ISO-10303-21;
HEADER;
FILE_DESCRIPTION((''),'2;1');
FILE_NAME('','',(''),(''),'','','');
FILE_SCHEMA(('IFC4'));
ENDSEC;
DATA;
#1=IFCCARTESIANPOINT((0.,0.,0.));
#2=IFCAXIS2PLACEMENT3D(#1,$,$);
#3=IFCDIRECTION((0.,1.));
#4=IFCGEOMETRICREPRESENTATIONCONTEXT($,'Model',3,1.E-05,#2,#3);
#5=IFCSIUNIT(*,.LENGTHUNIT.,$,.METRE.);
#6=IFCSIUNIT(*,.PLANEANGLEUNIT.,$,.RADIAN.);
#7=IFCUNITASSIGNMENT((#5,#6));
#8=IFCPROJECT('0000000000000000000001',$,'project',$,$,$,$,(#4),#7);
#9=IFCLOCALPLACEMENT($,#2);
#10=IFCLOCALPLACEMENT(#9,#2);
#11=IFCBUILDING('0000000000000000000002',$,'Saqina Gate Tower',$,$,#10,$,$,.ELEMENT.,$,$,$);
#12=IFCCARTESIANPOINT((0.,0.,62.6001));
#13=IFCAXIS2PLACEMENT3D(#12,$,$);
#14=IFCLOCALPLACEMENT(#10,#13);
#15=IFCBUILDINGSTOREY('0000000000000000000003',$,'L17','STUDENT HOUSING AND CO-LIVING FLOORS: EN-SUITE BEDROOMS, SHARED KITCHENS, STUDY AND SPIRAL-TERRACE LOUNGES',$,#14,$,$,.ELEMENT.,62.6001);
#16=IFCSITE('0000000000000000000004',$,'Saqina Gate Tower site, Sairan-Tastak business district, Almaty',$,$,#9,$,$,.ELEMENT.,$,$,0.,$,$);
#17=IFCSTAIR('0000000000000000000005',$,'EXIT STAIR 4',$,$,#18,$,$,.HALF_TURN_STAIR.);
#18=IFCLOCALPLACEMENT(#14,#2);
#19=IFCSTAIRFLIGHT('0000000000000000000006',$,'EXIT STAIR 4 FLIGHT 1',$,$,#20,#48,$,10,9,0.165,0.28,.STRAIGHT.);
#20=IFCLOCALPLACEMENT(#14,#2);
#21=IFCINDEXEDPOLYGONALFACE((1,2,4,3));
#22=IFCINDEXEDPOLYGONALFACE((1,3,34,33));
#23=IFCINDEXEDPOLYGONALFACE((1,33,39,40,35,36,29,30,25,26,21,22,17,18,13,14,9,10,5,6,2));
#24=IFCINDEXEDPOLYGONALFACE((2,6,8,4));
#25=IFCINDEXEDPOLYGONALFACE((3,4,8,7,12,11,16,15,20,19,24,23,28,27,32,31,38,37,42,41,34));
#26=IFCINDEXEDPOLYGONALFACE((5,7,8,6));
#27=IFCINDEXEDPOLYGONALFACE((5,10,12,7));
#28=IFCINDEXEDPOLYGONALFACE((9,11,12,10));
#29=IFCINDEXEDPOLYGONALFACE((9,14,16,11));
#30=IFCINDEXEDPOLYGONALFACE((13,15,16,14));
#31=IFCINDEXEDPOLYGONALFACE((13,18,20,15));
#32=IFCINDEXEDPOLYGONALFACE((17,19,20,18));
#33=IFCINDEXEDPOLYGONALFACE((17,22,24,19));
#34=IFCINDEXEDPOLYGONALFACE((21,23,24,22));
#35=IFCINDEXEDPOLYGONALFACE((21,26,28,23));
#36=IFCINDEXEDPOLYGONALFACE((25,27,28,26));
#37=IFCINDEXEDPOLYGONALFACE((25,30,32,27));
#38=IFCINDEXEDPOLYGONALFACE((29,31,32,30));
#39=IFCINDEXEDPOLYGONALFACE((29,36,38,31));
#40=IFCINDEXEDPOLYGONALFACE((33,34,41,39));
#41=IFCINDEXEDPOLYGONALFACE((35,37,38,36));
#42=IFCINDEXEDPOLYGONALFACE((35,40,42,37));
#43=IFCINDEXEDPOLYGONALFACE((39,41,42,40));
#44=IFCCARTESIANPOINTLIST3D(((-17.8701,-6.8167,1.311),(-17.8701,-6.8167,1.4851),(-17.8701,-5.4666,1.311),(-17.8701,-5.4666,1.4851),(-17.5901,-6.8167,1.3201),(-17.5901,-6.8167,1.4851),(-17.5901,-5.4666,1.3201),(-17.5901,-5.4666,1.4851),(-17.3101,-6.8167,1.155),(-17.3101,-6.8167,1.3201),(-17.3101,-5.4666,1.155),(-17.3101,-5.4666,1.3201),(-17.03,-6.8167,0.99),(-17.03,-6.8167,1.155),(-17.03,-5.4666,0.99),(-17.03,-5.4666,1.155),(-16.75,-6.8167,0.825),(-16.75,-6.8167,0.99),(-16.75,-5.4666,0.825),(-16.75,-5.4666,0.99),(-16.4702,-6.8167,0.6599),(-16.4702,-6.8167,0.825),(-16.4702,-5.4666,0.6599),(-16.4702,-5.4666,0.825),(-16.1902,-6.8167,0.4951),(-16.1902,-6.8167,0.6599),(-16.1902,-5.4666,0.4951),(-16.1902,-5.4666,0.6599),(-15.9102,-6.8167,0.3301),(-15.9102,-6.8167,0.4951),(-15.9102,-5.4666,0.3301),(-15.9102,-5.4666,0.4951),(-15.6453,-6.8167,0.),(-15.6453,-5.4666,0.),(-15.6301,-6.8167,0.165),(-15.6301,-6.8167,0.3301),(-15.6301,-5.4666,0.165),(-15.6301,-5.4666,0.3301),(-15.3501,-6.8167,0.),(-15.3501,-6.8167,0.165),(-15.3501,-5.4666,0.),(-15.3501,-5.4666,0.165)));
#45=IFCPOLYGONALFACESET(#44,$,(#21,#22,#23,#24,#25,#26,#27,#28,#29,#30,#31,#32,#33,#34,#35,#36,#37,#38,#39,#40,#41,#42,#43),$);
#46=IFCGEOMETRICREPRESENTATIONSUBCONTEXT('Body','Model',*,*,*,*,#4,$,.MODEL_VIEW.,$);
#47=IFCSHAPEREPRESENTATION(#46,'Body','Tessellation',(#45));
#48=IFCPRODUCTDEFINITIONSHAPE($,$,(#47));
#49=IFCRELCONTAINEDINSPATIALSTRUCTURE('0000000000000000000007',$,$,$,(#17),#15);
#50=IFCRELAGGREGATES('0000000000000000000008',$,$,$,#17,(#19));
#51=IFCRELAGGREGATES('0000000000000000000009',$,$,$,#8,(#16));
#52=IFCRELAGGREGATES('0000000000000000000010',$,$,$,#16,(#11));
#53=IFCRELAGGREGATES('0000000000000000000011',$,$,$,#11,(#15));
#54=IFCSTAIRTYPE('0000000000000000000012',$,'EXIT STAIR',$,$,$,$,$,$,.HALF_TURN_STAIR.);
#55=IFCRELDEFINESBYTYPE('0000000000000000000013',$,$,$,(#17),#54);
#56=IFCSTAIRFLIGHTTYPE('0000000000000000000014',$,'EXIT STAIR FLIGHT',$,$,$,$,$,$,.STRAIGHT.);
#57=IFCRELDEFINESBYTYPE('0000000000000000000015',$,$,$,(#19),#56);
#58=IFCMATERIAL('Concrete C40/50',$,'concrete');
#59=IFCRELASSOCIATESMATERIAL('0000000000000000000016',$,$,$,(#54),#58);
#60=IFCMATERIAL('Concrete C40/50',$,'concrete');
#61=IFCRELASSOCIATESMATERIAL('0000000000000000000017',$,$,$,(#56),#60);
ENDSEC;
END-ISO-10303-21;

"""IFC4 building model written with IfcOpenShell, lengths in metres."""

from ifc_helpers import new_model, si_unit, direction, frame, origin, place, context, subcontext, project, spatial, polyline, outline, extrude, material, type_object, element, aggregate, save


model = new_model("IFC4")

# Units and contexts
model_context = context("Model", 3, precision=1e-05, world=origin(), true_north=direction((0.0, 1.0)))
body_context = subcontext(model_context, "Body", "Model", "MODEL_VIEW")
ifc_project = project(units=[si_unit("LENGTHUNIT", "METRE"), si_unit("PLANEANGLEUNIT", "RADIAN")], contexts=[model_context])

# Site, building, storey
site_placement = place(None, origin())
site = spatial("IfcSite", under=ifc_project, at=site_placement, Name="Saqina Gate Tower site, Sairan-Tastak business district, Almaty", CompositionType="ELEMENT", RefElevation=0.0)
building_placement = place(site_placement, origin())
building = spatial("IfcBuilding", under=site, at=building_placement, Name="Saqina Gate Tower", CompositionType="ELEMENT")
storey_placement = place(building_placement, frame((0.0, 0.0, 62.6001)))
storey = spatial("IfcBuildingStorey", under=building, at=storey_placement, Name="L17", Description="STUDENT HOUSING AND CO-LIVING FLOORS: EN-SUITE BEDROOMS, SHARED KITCHENS, STUDY AND SPIRAL-TERRACE LOUNGES", CompositionType="ELEMENT", Elevation=62.6001)

# Stair, stair flight
ifc_material_1 = material(Name="Concrete C40/50", Category="concrete")
stair_type = type_object("IfcStairType", Name="EXIT STAIR", PredefinedType="HALF_TURN_STAIR", material=ifc_material_1)
stair_placement = place(storey_placement, origin())
stair = element("IfcStair", 1, at=stair_placement, inside=storey, type_object=stair_type, Name="EXIT STAIR 4", PredefinedType="HALF_TURN_STAIR")
ifc_material_2 = material(Name="Concrete C40/50", Category="concrete")
stair_flight_type = type_object("IfcStairFlightType", Name="EXIT STAIR FLIGHT", PredefinedType="STRAIGHT", material=ifc_material_2)
stair_flight_placement = place(storey_placement, frame((-15.3501, -6.1416, 0.0), z_axis=(0.0, 0.0, 1.0), x_axis=(-1.0, 0.0, 0.0)))
stair_flight = element("IfcStairFlight", 2, at=stair_flight_placement, type_object=stair_flight_type, Name="EXIT STAIR 4 FLIGHT 1", NumberOfRisers=10, NumberOfTreads=9, PredefinedType="STRAIGHT", RiserHeight=0.165, TreadLength=0.28, context=body_context, shape_type="SweptSolid", body=[
    extrude(outline(polyline([(0.0, 0.0), (0.0, 0.165), (0.28, 0.165), (0.28, 0.3301), (0.5601, 0.3301), (0.5601, 0.4951), (0.8401, 0.4951), (0.8401, 0.6599), (1.1201, 0.6599), (1.1201, 0.825), (1.3999, 0.825), (1.3999, 0.99), (1.6799, 0.99), (1.6799, 1.155), (1.96, 1.155), (1.96, 1.3201), (2.24, 1.3201), (2.24, 1.4851), (2.52, 1.4851), (2.52, 1.6499), (2.52, 1.311), (0.2952, 0.0), (0.0, 0.0)])), frame((0.0, 0.675, 0.0), z_axis=(0.0, -1.0, 0.0), x_axis=(1.0, 0.0, 0.0)), (0.0, 0.0, 1.0), 1.3501),
])
aggregate(stair, [stair_flight])

save(model, "model.ifc")
